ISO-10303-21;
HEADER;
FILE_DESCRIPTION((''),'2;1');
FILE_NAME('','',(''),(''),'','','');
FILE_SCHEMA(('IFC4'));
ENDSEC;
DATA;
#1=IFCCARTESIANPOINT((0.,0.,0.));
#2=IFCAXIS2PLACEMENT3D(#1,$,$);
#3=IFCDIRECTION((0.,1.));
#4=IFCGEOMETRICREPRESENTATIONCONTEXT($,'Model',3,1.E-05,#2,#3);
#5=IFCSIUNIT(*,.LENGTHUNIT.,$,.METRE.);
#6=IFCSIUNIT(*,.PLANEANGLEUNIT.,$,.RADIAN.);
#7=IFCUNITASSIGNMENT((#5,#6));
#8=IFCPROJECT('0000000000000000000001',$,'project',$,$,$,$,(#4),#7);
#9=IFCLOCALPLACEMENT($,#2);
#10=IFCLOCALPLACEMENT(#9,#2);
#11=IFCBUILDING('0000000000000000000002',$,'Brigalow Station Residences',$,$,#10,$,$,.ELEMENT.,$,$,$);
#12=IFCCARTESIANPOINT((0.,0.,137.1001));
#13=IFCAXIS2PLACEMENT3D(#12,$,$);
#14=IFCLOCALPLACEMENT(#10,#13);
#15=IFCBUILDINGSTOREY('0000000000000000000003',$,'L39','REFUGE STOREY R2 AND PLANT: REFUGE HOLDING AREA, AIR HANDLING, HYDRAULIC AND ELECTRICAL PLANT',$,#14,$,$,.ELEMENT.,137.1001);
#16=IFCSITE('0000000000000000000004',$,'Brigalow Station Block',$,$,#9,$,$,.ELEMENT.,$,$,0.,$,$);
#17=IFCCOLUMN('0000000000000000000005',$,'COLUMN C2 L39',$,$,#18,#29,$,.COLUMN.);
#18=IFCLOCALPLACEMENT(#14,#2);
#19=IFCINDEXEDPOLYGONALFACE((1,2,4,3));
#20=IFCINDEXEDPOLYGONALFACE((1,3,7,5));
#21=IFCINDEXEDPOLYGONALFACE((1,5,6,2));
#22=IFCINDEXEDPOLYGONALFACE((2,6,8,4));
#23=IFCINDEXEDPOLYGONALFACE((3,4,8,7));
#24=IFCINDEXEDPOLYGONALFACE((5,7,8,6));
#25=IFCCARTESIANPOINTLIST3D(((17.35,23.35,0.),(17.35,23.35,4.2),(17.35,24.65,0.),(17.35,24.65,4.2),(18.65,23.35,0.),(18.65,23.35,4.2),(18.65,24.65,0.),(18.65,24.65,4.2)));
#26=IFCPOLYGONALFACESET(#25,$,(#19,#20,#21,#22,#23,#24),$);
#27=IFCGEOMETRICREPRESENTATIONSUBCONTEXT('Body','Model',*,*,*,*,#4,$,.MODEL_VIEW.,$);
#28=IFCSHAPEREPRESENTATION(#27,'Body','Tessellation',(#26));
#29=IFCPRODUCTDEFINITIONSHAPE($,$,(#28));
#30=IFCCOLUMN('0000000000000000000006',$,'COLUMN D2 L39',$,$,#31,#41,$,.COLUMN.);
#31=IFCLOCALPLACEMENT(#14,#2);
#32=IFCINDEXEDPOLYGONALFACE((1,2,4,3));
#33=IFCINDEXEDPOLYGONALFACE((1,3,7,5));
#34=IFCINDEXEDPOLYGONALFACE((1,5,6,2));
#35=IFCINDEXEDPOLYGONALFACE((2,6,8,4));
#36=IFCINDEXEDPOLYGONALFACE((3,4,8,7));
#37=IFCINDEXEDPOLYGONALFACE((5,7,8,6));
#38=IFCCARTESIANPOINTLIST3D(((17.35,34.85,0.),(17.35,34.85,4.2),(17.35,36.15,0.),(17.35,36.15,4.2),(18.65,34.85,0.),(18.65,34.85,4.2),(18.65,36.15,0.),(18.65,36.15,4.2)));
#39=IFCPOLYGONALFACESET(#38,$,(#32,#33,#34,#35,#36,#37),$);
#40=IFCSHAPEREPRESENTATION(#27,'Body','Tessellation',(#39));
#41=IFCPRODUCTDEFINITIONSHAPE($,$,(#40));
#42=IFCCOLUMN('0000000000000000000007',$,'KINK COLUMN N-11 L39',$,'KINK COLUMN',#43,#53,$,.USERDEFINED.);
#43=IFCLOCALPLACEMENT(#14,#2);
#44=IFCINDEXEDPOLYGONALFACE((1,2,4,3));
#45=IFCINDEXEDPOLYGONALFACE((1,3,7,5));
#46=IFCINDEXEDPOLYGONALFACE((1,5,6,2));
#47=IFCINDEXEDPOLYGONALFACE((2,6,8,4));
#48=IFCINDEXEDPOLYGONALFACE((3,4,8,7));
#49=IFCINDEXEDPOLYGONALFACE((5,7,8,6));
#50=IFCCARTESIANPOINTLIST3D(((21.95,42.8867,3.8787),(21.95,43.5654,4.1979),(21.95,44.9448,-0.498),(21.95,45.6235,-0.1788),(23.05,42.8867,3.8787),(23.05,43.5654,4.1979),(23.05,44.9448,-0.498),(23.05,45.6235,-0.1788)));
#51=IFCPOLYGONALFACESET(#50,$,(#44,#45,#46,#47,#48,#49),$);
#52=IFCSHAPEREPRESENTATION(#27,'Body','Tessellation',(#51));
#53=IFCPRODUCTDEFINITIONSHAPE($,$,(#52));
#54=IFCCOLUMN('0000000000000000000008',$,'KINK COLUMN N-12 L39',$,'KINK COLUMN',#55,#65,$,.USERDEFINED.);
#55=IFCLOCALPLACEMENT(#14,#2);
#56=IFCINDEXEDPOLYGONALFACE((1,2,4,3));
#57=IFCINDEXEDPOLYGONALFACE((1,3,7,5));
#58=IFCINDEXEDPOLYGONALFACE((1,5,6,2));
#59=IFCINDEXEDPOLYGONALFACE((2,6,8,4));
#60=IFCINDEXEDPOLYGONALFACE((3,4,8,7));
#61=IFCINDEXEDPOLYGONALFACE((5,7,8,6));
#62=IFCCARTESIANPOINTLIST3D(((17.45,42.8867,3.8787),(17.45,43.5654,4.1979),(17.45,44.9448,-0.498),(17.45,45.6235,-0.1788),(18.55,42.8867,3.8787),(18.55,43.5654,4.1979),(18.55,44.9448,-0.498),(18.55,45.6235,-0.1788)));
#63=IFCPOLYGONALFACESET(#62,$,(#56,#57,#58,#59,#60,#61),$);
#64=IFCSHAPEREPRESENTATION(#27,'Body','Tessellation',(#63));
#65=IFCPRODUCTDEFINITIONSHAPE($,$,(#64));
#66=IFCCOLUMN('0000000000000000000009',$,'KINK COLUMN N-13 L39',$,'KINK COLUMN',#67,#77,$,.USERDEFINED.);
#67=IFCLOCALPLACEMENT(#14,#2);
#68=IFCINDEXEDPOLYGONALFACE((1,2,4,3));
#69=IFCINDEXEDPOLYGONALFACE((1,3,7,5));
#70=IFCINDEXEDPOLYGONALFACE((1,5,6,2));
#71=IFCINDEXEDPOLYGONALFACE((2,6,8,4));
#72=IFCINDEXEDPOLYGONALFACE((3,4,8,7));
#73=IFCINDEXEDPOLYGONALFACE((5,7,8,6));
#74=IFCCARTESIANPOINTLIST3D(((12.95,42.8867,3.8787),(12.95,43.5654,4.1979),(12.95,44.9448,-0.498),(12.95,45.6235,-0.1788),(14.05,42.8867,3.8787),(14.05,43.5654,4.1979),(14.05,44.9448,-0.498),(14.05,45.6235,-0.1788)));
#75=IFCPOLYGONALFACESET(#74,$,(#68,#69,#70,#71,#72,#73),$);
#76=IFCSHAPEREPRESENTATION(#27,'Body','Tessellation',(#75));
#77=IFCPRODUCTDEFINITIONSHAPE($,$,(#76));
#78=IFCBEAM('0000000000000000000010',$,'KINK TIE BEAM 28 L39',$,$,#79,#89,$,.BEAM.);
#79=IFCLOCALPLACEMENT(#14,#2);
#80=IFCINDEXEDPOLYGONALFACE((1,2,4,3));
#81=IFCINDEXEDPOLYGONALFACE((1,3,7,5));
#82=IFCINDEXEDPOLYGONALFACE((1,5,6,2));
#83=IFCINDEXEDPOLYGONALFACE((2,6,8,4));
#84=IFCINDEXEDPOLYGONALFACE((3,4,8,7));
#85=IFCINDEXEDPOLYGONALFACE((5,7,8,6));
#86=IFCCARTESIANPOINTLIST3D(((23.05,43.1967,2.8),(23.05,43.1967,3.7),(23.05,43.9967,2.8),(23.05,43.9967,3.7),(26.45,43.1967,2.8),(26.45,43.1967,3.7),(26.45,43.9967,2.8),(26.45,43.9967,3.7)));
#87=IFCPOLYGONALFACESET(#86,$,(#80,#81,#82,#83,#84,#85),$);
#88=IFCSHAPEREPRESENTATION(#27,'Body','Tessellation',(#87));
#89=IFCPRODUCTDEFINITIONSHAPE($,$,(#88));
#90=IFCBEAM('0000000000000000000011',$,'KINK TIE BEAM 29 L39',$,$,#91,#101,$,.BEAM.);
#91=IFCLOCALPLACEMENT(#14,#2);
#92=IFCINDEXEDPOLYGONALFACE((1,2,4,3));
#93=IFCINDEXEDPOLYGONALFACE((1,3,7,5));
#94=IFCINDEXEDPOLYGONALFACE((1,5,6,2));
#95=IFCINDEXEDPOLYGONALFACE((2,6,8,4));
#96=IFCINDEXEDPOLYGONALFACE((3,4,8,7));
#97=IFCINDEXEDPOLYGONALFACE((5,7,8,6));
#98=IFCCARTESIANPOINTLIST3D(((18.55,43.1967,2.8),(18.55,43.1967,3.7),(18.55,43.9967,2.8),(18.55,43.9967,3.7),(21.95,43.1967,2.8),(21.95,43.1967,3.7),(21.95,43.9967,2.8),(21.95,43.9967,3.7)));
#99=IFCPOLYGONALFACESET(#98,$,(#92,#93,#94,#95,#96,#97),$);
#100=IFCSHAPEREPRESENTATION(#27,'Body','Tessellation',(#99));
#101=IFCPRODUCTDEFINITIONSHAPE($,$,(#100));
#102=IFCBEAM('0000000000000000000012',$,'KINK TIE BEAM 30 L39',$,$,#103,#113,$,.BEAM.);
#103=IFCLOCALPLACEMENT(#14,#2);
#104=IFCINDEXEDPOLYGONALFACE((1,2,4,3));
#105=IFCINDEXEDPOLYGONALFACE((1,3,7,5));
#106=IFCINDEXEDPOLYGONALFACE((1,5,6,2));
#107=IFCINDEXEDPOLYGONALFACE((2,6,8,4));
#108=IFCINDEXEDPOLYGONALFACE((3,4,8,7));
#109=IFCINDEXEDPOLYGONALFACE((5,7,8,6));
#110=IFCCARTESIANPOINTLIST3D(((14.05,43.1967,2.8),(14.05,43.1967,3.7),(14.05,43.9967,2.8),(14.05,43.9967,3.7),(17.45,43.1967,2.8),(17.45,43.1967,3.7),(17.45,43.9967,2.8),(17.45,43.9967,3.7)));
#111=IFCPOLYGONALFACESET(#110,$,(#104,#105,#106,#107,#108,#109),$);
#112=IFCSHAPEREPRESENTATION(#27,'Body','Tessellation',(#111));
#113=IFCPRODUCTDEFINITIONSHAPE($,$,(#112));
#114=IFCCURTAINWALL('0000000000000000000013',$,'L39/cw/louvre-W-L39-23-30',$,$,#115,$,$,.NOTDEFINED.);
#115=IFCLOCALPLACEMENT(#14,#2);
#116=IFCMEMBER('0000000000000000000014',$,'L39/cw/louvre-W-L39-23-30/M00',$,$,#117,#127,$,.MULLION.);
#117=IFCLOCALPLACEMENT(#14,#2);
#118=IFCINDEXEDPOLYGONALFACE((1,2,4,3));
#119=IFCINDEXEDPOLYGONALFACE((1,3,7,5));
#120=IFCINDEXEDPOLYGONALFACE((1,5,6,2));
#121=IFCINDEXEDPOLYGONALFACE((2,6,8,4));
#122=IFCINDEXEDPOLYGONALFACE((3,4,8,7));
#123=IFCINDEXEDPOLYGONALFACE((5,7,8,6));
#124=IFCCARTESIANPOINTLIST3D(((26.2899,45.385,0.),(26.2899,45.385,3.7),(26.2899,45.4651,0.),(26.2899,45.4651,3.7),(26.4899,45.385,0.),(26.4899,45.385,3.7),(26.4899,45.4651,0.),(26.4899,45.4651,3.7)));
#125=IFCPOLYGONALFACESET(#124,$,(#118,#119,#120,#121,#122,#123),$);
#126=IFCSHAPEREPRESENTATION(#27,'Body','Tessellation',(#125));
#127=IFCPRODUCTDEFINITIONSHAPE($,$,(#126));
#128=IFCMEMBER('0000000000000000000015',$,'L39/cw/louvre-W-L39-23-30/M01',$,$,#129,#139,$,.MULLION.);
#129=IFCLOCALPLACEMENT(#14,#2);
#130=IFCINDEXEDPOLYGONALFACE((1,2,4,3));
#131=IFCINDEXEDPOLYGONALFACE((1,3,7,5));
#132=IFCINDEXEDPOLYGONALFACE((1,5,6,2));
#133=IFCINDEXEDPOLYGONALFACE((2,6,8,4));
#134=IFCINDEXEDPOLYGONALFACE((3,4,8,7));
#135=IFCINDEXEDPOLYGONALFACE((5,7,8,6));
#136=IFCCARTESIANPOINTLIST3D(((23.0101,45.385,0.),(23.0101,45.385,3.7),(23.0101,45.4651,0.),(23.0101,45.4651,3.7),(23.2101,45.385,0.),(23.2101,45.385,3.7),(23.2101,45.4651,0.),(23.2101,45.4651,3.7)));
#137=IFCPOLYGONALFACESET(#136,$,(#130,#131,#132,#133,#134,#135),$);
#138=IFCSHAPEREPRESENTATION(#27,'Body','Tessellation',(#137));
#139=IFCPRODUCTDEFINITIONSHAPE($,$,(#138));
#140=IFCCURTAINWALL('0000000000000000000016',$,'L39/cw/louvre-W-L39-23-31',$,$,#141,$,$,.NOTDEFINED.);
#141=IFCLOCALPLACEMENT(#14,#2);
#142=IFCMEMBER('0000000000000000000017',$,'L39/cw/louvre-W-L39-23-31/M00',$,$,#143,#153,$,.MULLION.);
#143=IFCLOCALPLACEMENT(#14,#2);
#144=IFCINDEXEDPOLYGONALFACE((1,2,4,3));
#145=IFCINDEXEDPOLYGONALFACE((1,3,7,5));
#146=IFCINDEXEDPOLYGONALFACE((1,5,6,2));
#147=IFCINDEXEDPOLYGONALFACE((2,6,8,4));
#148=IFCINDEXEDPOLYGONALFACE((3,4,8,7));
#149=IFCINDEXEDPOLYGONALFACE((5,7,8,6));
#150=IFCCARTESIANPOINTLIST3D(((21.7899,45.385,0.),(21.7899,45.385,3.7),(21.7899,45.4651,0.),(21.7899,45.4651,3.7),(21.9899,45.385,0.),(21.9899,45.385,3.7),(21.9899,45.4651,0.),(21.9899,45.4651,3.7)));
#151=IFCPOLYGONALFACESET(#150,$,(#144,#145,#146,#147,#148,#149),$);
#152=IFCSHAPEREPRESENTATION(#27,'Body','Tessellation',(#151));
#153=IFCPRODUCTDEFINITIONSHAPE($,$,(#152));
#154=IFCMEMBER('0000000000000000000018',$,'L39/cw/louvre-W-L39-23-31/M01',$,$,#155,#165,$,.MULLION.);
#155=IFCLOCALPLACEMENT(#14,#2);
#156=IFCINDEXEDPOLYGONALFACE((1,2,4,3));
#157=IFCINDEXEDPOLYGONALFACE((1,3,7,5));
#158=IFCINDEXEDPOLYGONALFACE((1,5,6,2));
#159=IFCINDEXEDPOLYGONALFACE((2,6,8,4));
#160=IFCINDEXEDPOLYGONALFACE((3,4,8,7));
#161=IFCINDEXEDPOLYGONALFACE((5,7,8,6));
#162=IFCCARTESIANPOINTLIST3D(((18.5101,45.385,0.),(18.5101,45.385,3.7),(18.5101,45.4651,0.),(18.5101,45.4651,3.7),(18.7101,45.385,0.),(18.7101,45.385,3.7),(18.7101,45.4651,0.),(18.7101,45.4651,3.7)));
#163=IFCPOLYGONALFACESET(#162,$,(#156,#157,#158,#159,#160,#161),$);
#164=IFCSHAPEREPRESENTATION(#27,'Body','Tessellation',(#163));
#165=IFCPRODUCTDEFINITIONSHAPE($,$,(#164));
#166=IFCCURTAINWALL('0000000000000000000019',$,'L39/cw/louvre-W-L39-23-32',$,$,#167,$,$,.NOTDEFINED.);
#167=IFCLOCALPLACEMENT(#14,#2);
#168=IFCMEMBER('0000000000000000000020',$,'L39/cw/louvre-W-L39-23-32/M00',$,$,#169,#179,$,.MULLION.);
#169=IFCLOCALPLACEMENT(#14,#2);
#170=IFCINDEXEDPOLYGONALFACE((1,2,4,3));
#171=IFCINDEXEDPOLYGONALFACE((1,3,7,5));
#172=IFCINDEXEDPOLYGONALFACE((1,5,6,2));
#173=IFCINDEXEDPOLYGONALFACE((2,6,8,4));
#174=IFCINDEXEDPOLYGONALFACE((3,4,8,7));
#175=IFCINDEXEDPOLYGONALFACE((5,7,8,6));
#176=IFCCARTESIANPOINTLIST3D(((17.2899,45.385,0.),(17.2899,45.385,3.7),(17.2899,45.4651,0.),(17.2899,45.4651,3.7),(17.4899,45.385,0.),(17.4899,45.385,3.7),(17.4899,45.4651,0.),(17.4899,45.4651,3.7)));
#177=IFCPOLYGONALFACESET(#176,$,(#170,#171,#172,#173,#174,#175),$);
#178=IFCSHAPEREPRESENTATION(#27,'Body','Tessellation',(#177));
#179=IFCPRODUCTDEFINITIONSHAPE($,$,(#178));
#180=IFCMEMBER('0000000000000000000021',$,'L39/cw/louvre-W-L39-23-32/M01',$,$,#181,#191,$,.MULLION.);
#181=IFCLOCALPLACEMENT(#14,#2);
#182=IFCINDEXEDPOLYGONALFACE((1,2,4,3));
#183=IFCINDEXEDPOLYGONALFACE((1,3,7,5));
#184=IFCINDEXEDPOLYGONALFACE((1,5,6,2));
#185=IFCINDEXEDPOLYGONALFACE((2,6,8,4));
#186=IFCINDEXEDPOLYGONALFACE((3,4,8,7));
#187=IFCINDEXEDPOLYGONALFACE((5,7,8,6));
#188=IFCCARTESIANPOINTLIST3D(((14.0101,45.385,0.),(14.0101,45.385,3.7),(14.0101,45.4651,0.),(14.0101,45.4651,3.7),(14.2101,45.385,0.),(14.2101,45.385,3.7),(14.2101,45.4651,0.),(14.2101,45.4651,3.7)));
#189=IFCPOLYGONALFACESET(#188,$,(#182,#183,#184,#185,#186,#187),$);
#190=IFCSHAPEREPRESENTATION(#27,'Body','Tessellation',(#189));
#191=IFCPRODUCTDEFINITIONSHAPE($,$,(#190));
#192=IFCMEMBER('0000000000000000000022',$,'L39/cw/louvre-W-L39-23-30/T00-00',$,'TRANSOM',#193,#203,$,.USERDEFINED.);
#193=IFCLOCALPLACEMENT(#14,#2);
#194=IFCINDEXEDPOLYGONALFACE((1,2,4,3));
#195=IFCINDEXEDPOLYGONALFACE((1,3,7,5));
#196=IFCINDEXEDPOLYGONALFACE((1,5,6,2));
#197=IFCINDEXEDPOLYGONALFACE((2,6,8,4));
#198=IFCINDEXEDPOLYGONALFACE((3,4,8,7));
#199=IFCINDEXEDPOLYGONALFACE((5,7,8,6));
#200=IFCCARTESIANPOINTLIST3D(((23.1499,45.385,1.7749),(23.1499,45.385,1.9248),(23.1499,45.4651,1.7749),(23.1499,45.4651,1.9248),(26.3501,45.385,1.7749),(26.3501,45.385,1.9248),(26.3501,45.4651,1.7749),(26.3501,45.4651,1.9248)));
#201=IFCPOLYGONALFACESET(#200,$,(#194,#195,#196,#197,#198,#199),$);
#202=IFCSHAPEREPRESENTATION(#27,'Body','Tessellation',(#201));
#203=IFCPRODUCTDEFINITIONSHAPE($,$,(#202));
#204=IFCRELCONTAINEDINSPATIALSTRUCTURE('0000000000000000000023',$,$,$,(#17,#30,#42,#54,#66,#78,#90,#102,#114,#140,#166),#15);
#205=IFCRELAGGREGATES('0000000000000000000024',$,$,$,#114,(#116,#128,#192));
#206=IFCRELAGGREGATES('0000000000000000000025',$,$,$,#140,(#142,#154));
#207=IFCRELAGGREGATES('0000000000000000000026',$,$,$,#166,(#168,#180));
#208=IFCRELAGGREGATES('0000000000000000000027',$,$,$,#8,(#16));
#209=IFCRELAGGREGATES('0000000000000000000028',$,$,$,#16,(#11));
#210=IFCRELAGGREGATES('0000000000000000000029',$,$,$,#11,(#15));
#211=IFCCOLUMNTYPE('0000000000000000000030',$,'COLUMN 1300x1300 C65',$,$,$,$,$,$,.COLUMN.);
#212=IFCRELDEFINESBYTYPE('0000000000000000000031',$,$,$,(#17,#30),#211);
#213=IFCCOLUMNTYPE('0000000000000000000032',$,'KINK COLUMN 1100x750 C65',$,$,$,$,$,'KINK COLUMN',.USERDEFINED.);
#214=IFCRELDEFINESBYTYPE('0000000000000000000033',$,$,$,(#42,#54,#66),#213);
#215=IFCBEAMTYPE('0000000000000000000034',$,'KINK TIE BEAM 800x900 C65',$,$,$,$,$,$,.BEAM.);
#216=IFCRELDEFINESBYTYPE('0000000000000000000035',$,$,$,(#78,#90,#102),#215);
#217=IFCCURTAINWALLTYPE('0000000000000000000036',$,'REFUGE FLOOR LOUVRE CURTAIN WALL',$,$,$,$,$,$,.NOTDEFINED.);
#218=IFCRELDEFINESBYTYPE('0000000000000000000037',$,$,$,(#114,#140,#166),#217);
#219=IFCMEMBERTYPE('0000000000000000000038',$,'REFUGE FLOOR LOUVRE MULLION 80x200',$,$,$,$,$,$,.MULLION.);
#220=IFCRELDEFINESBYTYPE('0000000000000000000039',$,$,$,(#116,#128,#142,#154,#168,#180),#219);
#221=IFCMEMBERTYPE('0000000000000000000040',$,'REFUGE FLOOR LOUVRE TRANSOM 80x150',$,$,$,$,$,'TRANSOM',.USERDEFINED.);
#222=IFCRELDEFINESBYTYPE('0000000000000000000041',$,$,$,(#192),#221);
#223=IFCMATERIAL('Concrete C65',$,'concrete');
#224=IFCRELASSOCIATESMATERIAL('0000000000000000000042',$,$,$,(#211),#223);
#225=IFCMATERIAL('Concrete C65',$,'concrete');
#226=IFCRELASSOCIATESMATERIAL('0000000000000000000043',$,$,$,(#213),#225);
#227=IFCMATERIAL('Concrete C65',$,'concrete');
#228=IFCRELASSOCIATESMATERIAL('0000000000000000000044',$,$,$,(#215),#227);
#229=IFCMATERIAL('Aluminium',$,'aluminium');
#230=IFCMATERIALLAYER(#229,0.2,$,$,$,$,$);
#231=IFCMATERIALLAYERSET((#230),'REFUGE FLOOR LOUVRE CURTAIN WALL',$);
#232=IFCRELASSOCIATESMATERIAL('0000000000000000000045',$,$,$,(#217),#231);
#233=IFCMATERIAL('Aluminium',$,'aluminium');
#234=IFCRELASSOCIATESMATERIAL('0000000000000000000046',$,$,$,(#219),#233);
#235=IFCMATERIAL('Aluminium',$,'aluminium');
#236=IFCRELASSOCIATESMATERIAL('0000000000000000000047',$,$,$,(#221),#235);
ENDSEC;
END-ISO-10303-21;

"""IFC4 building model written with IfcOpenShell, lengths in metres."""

from ifc_helpers import new_model, si_unit, direction, frame, origin, origin_2d, place, context, subcontext, project, spatial, rectangle, extrude, material, layer, layer_set, material_profile, profile_set, type_object, element, aggregate, save


model = new_model("IFC4")

# Units and contexts
model_context = context("Model", 3, precision=1e-05, world=origin(), true_north=direction((0.0, 1.0)))
body_context = subcontext(model_context, "Body", "Model", "MODEL_VIEW")
ifc_project = project(units=[si_unit("LENGTHUNIT", "METRE"), si_unit("PLANEANGLEUNIT", "RADIAN")], contexts=[model_context])

# Site, building, storey
site_placement = place(None, origin())
site = spatial("IfcSite", under=ifc_project, at=site_placement, Name="Brigalow Station Block", CompositionType="ELEMENT", RefElevation=0.0)
building_placement = place(site_placement, origin())
building = spatial("IfcBuilding", under=site, at=building_placement, Name="Brigalow Station Residences", CompositionType="ELEMENT")
storey_placement = place(building_placement, frame((0.0, 0.0, 137.1001)))
storey = spatial("IfcBuildingStorey", under=building, at=storey_placement, Name="L39", Description="REFUGE STOREY R2 AND PLANT: REFUGE HOLDING AREA, AIR HANDLING, HYDRAULIC AND ELECTRICAL PLANT", CompositionType="ELEMENT", Elevation=137.1001)

# Columns
ifc_material_1 = material(Name="Concrete C65", Category="concrete")
ifc_material_profile_1 = material_profile(ifc_material_1, rectangle(XDim=1.3, YDim=1.3, at=origin_2d()), Name="RC1300x1300")
ifc_profile_set_1 = profile_set([ifc_material_profile_1], Name="Concrete C65")
column_type_1 = type_object("IfcColumnType", Name="COLUMN 1300x1300 C65", PredefinedType="COLUMN", material=ifc_profile_set_1)
for number, where, z_axis, x_axis, name in (
    (1, (18.0, 24.0, 0.0), (0.0, 0.0, 1.0), (1.0, 0.0, 0.0), "COLUMN C2 L39"),
    (2, (18.0, 35.5, 0.0), (0.0, 0.0, 1.0), (1.0, 0.0, 0.0), "COLUMN D2 L39"),
):
    element("IfcColumn", number, at=place(storey_placement, frame(where, z_axis=z_axis, x_axis=x_axis)), inside=storey, type_object=column_type_1, Name=name, PredefinedType="COLUMN", context=body_context, shape_type="SweptSolid", body=[
        extrude(rectangle(XDim=1.3, YDim=1.3, at=origin_2d()), origin(), (0.0, 0.0, 1.0), 4.2),
    ])
ifc_material_2 = material(Name="Concrete C65", Category="concrete")
ifc_material_profile_2 = material_profile(ifc_material_2, rectangle(XDim=1.1001, YDim=0.75, at=origin_2d()), Name="RC1100x750")
ifc_profile_set_2 = profile_set([ifc_material_profile_2], Name="Concrete C65")
column_type_2 = type_object("IfcColumnType", Name="KINK COLUMN 1100x750 C65", ElementType="KINK COLUMN", PredefinedType="USERDEFINED", material=ifc_profile_set_2)
for number, where, z_axis, x_axis, name in (
    (3, (22.5, 45.2842, -0.3384), (0.0, -0.425539, 0.90494), (1.0, 0.0, 0.0), "KINK COLUMN N-11 L39"),
    (4, (18.0, 45.2842, -0.3384), (0.0, -0.425539, 0.90494), (1.0, 0.0, 0.0), "KINK COLUMN N-12 L39"),
    (5, (13.5, 45.2842, -0.3384), (0.0, -0.425539, 0.90494), (1.0, 0.0, 0.0), "KINK COLUMN N-13 L39"),
):
    element("IfcColumn", number, at=place(storey_placement, frame(where, z_axis=z_axis, x_axis=x_axis)), inside=storey, type_object=column_type_2, Name=name, ObjectType="KINK COLUMN", PredefinedType="USERDEFINED", context=body_context, shape_type="SweptSolid", body=[
        extrude(rectangle(XDim=1.1001, YDim=0.75, at=origin_2d()), origin(), (0.0, 0.0, 1.0), 4.8364),
    ])

# Beams
ifc_material_3 = material(Name="Concrete C65", Category="concrete")
ifc_material_profile_3 = material_profile(ifc_material_3, rectangle(XDim=0.8, YDim=0.8999, at=origin_2d()), Name="RC800x900")
ifc_profile_set_3 = profile_set([ifc_material_profile_3], Name="Concrete C65")
beam_type = type_object("IfcBeamType", Name="KINK TIE BEAM 800x900 C65", PredefinedType="BEAM", material=ifc_profile_set_3)
for number, where, z_axis, x_axis, name in (
    (6, (26.45, 43.5967, 3.25), (-1.0, 0.0, 0.0), (0.0, -1.0, 0.0), "KINK TIE BEAM 28 L39"),
    (7, (21.95, 43.5967, 3.25), (-1.0, 0.0, 0.0), (0.0, -1.0, 0.0), "KINK TIE BEAM 29 L39"),
    (8, (17.45, 43.5967, 3.25), (-1.0, 0.0, 0.0), (0.0, -1.0, 0.0), "KINK TIE BEAM 30 L39"),
):
    element("IfcBeam", number, at=place(storey_placement, frame(where, z_axis=z_axis, x_axis=x_axis)), inside=storey, type_object=beam_type, Name=name, PredefinedType="BEAM", context=body_context, shape_type="SweptSolid", body=[
        extrude(rectangle(XDim=0.8, YDim=0.8999, at=origin_2d()), origin(), (0.0, 0.0, 1.0), 3.3999),
    ])

# Curtain walls, members
ifc_material_4 = material(Name="Aluminium", Category="aluminium")
ifc_layer_1 = layer(ifc_material_4, 0.2)
ifc_layer_set_1 = layer_set([ifc_layer_1], Name="REFUGE FLOOR LOUVRE CURTAIN WALL")
curtain_wall_type = type_object("IfcCurtainWallType", Name="REFUGE FLOOR LOUVRE CURTAIN WALL", PredefinedType="NOTDEFINED", material=ifc_layer_set_1)
curtain_wall_1_placement = place(storey_placement, origin())
curtain_wall_1 = element("IfcCurtainWall", 9, at=curtain_wall_1_placement, inside=storey, type_object=curtain_wall_type, Name="L39/cw/louvre-W-L39-23-30", PredefinedType="NOTDEFINED")
ifc_material_5 = material(Name="Aluminium", Category="aluminium")
ifc_material_profile_4 = material_profile(ifc_material_5, rectangle(XDim=0.0801, YDim=0.2, at=origin_2d()), Name="REFUGE FLOOR LOUVRE MULLION 80x200")
ifc_profile_set_4 = profile_set([ifc_material_profile_4], Name="Aluminium")
member_type_1 = type_object("IfcMemberType", Name="REFUGE FLOOR LOUVRE MULLION 80x200", PredefinedType="MULLION", material=ifc_profile_set_4)
member_1_placement = place(storey_placement, frame((26.3899, 45.425, 0.0), z_axis=(0.0, 0.0, 1.0), x_axis=(0.0, -1.0, 0.0)))
member_1 = element("IfcMember", 10, at=member_1_placement, type_object=member_type_1, Name="L39/cw/louvre-W-L39-23-30/M00", PredefinedType="MULLION", context=body_context, shape_type="SweptSolid", body=[
    extrude(rectangle(XDim=0.0801, YDim=0.2, at=origin_2d()), origin(), (0.0, 0.0, 1.0), 3.7),
])
member_2_placement = place(storey_placement, frame((23.1101, 45.425, 0.0), z_axis=(0.0, 0.0, 1.0), x_axis=(0.0, -1.0, 0.0)))
member_2 = element("IfcMember", 11, at=member_2_placement, type_object=member_type_1, Name="L39/cw/louvre-W-L39-23-30/M01", PredefinedType="MULLION", context=body_context, shape_type="SweptSolid", body=[
    extrude(rectangle(XDim=0.0801, YDim=0.2, at=origin_2d()), origin(), (0.0, 0.0, 1.0), 3.7),
])
curtain_wall_2_placement = place(storey_placement, origin())
curtain_wall_2 = element("IfcCurtainWall", 12, at=curtain_wall_2_placement, inside=storey, type_object=curtain_wall_type, Name="L39/cw/louvre-W-L39-23-31", PredefinedType="NOTDEFINED")
member_3_placement = place(storey_placement, frame((21.8899, 45.425, 0.0), z_axis=(0.0, 0.0, 1.0), x_axis=(0.0, -1.0, 0.0)))
member_3 = element("IfcMember", 13, at=member_3_placement, type_object=member_type_1, Name="L39/cw/louvre-W-L39-23-31/M00", PredefinedType="MULLION", context=body_context, shape_type="SweptSolid", body=[
    extrude(rectangle(XDim=0.0801, YDim=0.2, at=origin_2d()), origin(), (0.0, 0.0, 1.0), 3.7),
])
member_4_placement = place(storey_placement, frame((18.6101, 45.425, 0.0), z_axis=(0.0, 0.0, 1.0), x_axis=(0.0, -1.0, 0.0)))
member_4 = element("IfcMember", 14, at=member_4_placement, type_object=member_type_1, Name="L39/cw/louvre-W-L39-23-31/M01", PredefinedType="MULLION", context=body_context, shape_type="SweptSolid", body=[
    extrude(rectangle(XDim=0.0801, YDim=0.2, at=origin_2d()), origin(), (0.0, 0.0, 1.0), 3.7),
])
curtain_wall_3_placement = place(storey_placement, origin())
curtain_wall_3 = element("IfcCurtainWall", 15, at=curtain_wall_3_placement, inside=storey, type_object=curtain_wall_type, Name="L39/cw/louvre-W-L39-23-32", PredefinedType="NOTDEFINED")
member_5_placement = place(storey_placement, frame((17.3899, 45.425, 0.0), z_axis=(0.0, 0.0, 1.0), x_axis=(0.0, -1.0, 0.0)))
member_5 = element("IfcMember", 16, at=member_5_placement, type_object=member_type_1, Name="L39/cw/louvre-W-L39-23-32/M00", PredefinedType="MULLION", context=body_context, shape_type="SweptSolid", body=[
    extrude(rectangle(XDim=0.0801, YDim=0.2, at=origin_2d()), origin(), (0.0, 0.0, 1.0), 3.7),
])
member_6_placement = place(storey_placement, frame((14.1101, 45.425, 0.0), z_axis=(0.0, 0.0, 1.0), x_axis=(0.0, -1.0, 0.0)))
member_6 = element("IfcMember", 17, at=member_6_placement, type_object=member_type_1, Name="L39/cw/louvre-W-L39-23-32/M01", PredefinedType="MULLION", context=body_context, shape_type="SweptSolid", body=[
    extrude(rectangle(XDim=0.0801, YDim=0.2, at=origin_2d()), origin(), (0.0, 0.0, 1.0), 3.7),
])

# Member
ifc_material_6 = material(Name="Aluminium", Category="aluminium")
ifc_material_profile_5 = material_profile(ifc_material_6, rectangle(XDim=0.0801, YDim=0.1499, at=origin_2d()), Name="REFUGE FLOOR LOUVRE TRANSOM 80x150")
ifc_profile_set_5 = profile_set([ifc_material_profile_5], Name="Aluminium")
member_type_2 = type_object("IfcMemberType", Name="REFUGE FLOOR LOUVRE TRANSOM 80x150", ElementType="TRANSOM", PredefinedType="USERDEFINED", material=ifc_profile_set_5)
member_7_placement = place(storey_placement, frame((26.3501, 45.425, 1.8499), z_axis=(-1.0, 0.0, 0.0), x_axis=(0.0, -1.0, 0.0)))
member_7 = element("IfcMember", 18, at=member_7_placement, type_object=member_type_2, Name="L39/cw/louvre-W-L39-23-30/T00-00", ObjectType="TRANSOM", PredefinedType="USERDEFINED", context=body_context, shape_type="SweptSolid", body=[
    extrude(rectangle(XDim=0.0801, YDim=0.1499, at=origin_2d()), origin(), (0.0, 0.0, 1.0), 3.2002),
])

aggregate(curtain_wall_1, [member_1, member_2, member_7])
aggregate(curtain_wall_2, [member_3, member_4])
aggregate(curtain_wall_3, [member_5, member_6])

save(model, "model.ifc")
